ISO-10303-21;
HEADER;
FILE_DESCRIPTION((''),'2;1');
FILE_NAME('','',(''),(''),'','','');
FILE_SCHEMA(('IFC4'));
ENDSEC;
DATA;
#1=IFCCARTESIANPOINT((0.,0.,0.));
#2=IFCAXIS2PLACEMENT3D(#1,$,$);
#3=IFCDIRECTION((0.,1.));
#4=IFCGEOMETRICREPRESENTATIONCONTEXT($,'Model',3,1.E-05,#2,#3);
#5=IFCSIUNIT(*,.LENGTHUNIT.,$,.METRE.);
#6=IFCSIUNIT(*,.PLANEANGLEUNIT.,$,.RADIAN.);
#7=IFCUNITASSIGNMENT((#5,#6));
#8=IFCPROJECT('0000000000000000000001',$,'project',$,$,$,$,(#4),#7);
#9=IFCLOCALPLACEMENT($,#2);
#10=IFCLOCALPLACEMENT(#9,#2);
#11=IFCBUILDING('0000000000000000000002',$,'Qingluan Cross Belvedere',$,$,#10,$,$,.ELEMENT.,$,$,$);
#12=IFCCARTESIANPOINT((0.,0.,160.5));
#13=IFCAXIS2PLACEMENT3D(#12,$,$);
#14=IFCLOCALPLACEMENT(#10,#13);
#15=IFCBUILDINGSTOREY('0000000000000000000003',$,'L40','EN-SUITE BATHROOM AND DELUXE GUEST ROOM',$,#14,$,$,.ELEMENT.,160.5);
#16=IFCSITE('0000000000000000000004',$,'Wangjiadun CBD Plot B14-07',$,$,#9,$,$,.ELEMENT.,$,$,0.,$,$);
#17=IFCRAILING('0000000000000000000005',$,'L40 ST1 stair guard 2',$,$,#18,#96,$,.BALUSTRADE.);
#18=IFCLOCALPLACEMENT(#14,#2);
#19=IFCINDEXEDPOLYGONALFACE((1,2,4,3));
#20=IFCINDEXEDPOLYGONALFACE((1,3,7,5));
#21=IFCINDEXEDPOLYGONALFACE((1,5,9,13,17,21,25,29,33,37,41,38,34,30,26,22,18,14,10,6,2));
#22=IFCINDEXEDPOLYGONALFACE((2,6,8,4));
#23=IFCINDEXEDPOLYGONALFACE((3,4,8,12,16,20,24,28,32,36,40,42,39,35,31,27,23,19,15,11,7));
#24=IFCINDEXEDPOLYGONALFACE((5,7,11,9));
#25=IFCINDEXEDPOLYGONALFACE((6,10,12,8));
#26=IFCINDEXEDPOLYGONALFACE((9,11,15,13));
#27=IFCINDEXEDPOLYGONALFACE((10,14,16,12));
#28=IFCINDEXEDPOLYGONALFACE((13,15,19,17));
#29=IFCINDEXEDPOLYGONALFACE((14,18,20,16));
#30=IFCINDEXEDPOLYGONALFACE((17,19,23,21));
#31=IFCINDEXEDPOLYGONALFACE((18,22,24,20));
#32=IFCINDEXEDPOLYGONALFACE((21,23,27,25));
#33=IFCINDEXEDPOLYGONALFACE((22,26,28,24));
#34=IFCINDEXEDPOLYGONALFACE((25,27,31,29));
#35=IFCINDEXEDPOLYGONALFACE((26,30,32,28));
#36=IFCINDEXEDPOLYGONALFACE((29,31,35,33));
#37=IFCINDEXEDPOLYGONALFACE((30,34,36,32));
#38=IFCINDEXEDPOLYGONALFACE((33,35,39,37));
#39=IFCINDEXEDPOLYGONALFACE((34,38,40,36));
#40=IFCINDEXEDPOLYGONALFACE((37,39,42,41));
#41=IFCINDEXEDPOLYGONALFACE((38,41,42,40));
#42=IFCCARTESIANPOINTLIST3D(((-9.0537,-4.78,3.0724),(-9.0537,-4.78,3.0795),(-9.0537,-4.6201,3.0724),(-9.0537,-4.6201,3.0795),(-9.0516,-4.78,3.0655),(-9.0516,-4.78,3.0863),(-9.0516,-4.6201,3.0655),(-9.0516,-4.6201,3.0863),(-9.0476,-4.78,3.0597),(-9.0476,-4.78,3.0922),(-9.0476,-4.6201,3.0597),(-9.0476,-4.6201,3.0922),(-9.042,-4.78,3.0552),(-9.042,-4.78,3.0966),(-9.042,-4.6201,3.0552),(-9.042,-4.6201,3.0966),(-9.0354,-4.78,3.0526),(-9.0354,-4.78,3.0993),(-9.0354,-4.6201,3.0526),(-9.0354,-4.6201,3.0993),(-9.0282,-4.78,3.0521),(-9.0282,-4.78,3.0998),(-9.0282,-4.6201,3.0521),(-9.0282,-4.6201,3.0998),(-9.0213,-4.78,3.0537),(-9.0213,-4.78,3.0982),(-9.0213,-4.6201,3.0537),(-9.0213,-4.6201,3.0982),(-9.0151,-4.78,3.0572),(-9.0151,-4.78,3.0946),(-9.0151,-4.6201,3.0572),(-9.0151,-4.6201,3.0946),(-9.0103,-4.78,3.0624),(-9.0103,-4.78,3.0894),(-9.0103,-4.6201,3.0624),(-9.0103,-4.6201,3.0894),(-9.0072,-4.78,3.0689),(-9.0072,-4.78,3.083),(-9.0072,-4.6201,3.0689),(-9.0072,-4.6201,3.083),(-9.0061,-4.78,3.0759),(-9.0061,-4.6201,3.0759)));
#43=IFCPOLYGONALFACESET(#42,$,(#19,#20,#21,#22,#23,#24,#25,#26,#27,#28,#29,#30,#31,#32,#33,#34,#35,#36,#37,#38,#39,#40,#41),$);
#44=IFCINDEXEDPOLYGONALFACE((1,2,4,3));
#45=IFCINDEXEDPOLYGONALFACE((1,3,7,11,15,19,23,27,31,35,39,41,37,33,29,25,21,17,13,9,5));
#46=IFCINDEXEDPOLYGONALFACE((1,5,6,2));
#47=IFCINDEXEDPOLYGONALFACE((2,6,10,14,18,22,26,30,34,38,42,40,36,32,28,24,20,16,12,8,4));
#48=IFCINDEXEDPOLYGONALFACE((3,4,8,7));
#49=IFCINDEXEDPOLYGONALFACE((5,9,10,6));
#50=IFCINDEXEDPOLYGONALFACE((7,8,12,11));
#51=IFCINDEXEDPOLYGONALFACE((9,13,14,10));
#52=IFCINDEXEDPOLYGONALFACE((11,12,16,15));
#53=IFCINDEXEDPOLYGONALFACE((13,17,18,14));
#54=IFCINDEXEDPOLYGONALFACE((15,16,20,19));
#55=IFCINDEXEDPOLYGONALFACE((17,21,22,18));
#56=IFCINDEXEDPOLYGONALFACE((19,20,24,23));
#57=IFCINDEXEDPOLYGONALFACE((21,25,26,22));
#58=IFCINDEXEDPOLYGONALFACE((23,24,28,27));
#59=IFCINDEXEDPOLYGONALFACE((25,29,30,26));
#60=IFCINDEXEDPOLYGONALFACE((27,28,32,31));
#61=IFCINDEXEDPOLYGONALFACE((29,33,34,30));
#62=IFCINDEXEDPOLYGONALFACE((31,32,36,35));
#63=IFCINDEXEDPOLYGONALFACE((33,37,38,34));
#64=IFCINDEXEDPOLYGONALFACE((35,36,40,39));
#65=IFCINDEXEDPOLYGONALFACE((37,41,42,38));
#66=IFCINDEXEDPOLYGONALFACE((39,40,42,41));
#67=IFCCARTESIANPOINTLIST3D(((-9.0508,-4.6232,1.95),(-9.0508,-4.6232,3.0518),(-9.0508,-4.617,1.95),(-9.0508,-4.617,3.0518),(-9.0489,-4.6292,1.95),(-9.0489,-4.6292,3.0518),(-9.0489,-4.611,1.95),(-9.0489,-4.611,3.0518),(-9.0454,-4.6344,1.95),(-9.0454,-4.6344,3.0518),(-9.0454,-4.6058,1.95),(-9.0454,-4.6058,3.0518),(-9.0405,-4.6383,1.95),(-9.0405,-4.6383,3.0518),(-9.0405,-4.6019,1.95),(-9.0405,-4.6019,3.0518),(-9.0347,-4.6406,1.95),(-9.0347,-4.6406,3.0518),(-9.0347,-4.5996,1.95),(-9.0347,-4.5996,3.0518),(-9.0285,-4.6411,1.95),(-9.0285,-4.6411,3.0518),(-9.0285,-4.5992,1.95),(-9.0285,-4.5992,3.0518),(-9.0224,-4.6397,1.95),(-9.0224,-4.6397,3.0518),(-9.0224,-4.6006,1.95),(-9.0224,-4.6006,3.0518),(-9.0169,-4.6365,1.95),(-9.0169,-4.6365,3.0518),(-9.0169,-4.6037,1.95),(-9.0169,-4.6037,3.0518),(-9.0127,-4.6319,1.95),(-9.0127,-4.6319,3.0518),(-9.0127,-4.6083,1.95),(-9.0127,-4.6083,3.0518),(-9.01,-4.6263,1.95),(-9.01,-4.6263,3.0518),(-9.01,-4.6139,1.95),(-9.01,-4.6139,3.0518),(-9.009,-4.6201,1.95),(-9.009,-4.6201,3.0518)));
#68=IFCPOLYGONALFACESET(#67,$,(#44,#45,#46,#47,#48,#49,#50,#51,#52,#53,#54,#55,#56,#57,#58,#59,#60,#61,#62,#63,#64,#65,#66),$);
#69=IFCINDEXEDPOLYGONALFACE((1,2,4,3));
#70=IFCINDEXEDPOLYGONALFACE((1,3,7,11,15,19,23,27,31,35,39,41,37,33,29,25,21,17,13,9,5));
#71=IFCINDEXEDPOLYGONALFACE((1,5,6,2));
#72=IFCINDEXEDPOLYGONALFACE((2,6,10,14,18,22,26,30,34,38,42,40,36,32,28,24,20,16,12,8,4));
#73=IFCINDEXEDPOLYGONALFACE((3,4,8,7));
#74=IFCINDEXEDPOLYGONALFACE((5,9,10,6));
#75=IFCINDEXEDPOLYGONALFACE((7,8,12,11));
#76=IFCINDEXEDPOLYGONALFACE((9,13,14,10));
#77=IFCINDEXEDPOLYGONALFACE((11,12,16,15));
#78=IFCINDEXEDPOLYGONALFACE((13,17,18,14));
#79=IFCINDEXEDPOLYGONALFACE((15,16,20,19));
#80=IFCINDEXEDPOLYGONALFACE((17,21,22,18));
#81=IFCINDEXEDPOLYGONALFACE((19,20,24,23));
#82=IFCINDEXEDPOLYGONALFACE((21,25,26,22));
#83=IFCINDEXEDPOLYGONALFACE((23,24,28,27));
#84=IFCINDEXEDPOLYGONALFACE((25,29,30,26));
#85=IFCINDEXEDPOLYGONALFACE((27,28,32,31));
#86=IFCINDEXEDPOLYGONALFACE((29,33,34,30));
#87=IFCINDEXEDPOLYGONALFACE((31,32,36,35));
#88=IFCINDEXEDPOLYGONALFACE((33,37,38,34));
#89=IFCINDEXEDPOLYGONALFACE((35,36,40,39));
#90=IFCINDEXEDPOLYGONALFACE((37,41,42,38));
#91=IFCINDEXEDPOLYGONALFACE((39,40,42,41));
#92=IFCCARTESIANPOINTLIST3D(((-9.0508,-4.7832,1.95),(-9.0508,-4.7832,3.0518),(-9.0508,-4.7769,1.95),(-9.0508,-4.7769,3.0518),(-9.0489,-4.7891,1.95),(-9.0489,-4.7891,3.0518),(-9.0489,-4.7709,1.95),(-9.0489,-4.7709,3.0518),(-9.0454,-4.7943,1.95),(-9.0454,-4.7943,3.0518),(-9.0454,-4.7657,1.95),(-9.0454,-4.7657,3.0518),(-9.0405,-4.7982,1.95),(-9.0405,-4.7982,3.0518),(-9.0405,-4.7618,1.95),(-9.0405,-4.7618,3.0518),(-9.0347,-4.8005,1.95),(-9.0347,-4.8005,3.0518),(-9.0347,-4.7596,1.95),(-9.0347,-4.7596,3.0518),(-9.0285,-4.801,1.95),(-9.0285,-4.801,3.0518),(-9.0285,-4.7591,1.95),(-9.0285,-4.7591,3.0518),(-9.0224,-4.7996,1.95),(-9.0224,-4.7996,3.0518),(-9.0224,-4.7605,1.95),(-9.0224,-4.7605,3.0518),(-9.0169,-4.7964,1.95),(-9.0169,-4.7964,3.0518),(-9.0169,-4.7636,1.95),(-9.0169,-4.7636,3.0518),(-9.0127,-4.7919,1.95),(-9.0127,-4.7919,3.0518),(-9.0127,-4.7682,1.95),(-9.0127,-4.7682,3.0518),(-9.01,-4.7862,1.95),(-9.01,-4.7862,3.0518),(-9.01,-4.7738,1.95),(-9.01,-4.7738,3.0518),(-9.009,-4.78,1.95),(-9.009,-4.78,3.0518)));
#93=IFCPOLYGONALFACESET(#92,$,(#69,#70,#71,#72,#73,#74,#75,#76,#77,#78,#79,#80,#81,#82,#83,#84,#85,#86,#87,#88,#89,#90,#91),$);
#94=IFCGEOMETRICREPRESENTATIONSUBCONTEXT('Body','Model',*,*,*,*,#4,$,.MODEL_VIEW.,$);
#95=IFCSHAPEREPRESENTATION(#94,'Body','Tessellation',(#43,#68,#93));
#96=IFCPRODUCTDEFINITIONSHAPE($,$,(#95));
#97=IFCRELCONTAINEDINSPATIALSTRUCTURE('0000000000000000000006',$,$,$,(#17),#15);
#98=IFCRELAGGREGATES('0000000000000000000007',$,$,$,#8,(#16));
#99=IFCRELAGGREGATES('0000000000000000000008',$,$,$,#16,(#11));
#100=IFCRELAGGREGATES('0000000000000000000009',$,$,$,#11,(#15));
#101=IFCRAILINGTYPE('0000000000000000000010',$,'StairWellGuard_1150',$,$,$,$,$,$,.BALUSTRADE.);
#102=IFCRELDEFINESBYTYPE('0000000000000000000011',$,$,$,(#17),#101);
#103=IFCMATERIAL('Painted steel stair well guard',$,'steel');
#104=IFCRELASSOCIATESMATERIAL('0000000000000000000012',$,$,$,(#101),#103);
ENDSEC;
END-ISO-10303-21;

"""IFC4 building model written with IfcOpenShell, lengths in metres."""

from ifc_helpers import new_model, si_unit, direction, frame, origin, origin_2d, place, context, subcontext, project, spatial, circle, extrude, material, type_object, element, save


model = new_model("IFC4")

# Units and contexts
model_context = context("Model", 3, precision=1e-05, world=origin(), true_north=direction((0.0, 1.0)))
body_context = subcontext(model_context, "Body", "Model", "MODEL_VIEW")
ifc_project = project(units=[si_unit("LENGTHUNIT", "METRE"), si_unit("PLANEANGLEUNIT", "RADIAN")], contexts=[model_context])

# Site, building, storey
site_placement = place(None, origin())
site = spatial("IfcSite", under=ifc_project, at=site_placement, Name="Wangjiadun CBD Plot B14-07", CompositionType="ELEMENT", RefElevation=0.0)
building_placement = place(site_placement, origin())
building = spatial("IfcBuilding", under=site, at=building_placement, Name="Qingluan Cross Belvedere", CompositionType="ELEMENT")
storey_placement = place(building_placement, frame((0.0, 0.0, 160.5)))
storey = spatial("IfcBuildingStorey", under=building, at=storey_placement, Name="L40", Description="EN-SUITE BATHROOM AND DELUXE GUEST ROOM", CompositionType="ELEMENT", Elevation=160.5)

# Railing
ifc_material_1 = material(Name="Painted steel stair well guard", Category="steel")
railing_type_1 = type_object("IfcRailingType", Name="StairWellGuard_1150", PredefinedType="BALUSTRADE", material=ifc_material_1)
railing_1_placement = place(storey_placement, frame((-9.03, -4.6201, 1.95)))
element("IfcRailing", 1, at=railing_1_placement, inside=storey, type_object=railing_type_1, Name="L40 ST1 stair guard 2", PredefinedType="BALUSTRADE", context=body_context, shape_type="SweptSolid", body=[
    extrude(circle(Radius=0.0239, at=origin_2d()), frame((0.0, 0.0, 1.126), z_axis=(0.0, -1.0, 0.0), x_axis=(1.0, 0.0, 0.0)), (0.0, 0.0, 1.0), 0.1599),
    extrude(circle(Radius=0.021, at=origin_2d()), origin(), (0.0, 0.0, 1.0), 1.1018),
    extrude(circle(Radius=0.021, at=origin_2d()), frame((0.0, -0.1599, 0.0)), (0.0, 0.0, 1.0), 1.1018),
])

save(model, "model.ifc")
